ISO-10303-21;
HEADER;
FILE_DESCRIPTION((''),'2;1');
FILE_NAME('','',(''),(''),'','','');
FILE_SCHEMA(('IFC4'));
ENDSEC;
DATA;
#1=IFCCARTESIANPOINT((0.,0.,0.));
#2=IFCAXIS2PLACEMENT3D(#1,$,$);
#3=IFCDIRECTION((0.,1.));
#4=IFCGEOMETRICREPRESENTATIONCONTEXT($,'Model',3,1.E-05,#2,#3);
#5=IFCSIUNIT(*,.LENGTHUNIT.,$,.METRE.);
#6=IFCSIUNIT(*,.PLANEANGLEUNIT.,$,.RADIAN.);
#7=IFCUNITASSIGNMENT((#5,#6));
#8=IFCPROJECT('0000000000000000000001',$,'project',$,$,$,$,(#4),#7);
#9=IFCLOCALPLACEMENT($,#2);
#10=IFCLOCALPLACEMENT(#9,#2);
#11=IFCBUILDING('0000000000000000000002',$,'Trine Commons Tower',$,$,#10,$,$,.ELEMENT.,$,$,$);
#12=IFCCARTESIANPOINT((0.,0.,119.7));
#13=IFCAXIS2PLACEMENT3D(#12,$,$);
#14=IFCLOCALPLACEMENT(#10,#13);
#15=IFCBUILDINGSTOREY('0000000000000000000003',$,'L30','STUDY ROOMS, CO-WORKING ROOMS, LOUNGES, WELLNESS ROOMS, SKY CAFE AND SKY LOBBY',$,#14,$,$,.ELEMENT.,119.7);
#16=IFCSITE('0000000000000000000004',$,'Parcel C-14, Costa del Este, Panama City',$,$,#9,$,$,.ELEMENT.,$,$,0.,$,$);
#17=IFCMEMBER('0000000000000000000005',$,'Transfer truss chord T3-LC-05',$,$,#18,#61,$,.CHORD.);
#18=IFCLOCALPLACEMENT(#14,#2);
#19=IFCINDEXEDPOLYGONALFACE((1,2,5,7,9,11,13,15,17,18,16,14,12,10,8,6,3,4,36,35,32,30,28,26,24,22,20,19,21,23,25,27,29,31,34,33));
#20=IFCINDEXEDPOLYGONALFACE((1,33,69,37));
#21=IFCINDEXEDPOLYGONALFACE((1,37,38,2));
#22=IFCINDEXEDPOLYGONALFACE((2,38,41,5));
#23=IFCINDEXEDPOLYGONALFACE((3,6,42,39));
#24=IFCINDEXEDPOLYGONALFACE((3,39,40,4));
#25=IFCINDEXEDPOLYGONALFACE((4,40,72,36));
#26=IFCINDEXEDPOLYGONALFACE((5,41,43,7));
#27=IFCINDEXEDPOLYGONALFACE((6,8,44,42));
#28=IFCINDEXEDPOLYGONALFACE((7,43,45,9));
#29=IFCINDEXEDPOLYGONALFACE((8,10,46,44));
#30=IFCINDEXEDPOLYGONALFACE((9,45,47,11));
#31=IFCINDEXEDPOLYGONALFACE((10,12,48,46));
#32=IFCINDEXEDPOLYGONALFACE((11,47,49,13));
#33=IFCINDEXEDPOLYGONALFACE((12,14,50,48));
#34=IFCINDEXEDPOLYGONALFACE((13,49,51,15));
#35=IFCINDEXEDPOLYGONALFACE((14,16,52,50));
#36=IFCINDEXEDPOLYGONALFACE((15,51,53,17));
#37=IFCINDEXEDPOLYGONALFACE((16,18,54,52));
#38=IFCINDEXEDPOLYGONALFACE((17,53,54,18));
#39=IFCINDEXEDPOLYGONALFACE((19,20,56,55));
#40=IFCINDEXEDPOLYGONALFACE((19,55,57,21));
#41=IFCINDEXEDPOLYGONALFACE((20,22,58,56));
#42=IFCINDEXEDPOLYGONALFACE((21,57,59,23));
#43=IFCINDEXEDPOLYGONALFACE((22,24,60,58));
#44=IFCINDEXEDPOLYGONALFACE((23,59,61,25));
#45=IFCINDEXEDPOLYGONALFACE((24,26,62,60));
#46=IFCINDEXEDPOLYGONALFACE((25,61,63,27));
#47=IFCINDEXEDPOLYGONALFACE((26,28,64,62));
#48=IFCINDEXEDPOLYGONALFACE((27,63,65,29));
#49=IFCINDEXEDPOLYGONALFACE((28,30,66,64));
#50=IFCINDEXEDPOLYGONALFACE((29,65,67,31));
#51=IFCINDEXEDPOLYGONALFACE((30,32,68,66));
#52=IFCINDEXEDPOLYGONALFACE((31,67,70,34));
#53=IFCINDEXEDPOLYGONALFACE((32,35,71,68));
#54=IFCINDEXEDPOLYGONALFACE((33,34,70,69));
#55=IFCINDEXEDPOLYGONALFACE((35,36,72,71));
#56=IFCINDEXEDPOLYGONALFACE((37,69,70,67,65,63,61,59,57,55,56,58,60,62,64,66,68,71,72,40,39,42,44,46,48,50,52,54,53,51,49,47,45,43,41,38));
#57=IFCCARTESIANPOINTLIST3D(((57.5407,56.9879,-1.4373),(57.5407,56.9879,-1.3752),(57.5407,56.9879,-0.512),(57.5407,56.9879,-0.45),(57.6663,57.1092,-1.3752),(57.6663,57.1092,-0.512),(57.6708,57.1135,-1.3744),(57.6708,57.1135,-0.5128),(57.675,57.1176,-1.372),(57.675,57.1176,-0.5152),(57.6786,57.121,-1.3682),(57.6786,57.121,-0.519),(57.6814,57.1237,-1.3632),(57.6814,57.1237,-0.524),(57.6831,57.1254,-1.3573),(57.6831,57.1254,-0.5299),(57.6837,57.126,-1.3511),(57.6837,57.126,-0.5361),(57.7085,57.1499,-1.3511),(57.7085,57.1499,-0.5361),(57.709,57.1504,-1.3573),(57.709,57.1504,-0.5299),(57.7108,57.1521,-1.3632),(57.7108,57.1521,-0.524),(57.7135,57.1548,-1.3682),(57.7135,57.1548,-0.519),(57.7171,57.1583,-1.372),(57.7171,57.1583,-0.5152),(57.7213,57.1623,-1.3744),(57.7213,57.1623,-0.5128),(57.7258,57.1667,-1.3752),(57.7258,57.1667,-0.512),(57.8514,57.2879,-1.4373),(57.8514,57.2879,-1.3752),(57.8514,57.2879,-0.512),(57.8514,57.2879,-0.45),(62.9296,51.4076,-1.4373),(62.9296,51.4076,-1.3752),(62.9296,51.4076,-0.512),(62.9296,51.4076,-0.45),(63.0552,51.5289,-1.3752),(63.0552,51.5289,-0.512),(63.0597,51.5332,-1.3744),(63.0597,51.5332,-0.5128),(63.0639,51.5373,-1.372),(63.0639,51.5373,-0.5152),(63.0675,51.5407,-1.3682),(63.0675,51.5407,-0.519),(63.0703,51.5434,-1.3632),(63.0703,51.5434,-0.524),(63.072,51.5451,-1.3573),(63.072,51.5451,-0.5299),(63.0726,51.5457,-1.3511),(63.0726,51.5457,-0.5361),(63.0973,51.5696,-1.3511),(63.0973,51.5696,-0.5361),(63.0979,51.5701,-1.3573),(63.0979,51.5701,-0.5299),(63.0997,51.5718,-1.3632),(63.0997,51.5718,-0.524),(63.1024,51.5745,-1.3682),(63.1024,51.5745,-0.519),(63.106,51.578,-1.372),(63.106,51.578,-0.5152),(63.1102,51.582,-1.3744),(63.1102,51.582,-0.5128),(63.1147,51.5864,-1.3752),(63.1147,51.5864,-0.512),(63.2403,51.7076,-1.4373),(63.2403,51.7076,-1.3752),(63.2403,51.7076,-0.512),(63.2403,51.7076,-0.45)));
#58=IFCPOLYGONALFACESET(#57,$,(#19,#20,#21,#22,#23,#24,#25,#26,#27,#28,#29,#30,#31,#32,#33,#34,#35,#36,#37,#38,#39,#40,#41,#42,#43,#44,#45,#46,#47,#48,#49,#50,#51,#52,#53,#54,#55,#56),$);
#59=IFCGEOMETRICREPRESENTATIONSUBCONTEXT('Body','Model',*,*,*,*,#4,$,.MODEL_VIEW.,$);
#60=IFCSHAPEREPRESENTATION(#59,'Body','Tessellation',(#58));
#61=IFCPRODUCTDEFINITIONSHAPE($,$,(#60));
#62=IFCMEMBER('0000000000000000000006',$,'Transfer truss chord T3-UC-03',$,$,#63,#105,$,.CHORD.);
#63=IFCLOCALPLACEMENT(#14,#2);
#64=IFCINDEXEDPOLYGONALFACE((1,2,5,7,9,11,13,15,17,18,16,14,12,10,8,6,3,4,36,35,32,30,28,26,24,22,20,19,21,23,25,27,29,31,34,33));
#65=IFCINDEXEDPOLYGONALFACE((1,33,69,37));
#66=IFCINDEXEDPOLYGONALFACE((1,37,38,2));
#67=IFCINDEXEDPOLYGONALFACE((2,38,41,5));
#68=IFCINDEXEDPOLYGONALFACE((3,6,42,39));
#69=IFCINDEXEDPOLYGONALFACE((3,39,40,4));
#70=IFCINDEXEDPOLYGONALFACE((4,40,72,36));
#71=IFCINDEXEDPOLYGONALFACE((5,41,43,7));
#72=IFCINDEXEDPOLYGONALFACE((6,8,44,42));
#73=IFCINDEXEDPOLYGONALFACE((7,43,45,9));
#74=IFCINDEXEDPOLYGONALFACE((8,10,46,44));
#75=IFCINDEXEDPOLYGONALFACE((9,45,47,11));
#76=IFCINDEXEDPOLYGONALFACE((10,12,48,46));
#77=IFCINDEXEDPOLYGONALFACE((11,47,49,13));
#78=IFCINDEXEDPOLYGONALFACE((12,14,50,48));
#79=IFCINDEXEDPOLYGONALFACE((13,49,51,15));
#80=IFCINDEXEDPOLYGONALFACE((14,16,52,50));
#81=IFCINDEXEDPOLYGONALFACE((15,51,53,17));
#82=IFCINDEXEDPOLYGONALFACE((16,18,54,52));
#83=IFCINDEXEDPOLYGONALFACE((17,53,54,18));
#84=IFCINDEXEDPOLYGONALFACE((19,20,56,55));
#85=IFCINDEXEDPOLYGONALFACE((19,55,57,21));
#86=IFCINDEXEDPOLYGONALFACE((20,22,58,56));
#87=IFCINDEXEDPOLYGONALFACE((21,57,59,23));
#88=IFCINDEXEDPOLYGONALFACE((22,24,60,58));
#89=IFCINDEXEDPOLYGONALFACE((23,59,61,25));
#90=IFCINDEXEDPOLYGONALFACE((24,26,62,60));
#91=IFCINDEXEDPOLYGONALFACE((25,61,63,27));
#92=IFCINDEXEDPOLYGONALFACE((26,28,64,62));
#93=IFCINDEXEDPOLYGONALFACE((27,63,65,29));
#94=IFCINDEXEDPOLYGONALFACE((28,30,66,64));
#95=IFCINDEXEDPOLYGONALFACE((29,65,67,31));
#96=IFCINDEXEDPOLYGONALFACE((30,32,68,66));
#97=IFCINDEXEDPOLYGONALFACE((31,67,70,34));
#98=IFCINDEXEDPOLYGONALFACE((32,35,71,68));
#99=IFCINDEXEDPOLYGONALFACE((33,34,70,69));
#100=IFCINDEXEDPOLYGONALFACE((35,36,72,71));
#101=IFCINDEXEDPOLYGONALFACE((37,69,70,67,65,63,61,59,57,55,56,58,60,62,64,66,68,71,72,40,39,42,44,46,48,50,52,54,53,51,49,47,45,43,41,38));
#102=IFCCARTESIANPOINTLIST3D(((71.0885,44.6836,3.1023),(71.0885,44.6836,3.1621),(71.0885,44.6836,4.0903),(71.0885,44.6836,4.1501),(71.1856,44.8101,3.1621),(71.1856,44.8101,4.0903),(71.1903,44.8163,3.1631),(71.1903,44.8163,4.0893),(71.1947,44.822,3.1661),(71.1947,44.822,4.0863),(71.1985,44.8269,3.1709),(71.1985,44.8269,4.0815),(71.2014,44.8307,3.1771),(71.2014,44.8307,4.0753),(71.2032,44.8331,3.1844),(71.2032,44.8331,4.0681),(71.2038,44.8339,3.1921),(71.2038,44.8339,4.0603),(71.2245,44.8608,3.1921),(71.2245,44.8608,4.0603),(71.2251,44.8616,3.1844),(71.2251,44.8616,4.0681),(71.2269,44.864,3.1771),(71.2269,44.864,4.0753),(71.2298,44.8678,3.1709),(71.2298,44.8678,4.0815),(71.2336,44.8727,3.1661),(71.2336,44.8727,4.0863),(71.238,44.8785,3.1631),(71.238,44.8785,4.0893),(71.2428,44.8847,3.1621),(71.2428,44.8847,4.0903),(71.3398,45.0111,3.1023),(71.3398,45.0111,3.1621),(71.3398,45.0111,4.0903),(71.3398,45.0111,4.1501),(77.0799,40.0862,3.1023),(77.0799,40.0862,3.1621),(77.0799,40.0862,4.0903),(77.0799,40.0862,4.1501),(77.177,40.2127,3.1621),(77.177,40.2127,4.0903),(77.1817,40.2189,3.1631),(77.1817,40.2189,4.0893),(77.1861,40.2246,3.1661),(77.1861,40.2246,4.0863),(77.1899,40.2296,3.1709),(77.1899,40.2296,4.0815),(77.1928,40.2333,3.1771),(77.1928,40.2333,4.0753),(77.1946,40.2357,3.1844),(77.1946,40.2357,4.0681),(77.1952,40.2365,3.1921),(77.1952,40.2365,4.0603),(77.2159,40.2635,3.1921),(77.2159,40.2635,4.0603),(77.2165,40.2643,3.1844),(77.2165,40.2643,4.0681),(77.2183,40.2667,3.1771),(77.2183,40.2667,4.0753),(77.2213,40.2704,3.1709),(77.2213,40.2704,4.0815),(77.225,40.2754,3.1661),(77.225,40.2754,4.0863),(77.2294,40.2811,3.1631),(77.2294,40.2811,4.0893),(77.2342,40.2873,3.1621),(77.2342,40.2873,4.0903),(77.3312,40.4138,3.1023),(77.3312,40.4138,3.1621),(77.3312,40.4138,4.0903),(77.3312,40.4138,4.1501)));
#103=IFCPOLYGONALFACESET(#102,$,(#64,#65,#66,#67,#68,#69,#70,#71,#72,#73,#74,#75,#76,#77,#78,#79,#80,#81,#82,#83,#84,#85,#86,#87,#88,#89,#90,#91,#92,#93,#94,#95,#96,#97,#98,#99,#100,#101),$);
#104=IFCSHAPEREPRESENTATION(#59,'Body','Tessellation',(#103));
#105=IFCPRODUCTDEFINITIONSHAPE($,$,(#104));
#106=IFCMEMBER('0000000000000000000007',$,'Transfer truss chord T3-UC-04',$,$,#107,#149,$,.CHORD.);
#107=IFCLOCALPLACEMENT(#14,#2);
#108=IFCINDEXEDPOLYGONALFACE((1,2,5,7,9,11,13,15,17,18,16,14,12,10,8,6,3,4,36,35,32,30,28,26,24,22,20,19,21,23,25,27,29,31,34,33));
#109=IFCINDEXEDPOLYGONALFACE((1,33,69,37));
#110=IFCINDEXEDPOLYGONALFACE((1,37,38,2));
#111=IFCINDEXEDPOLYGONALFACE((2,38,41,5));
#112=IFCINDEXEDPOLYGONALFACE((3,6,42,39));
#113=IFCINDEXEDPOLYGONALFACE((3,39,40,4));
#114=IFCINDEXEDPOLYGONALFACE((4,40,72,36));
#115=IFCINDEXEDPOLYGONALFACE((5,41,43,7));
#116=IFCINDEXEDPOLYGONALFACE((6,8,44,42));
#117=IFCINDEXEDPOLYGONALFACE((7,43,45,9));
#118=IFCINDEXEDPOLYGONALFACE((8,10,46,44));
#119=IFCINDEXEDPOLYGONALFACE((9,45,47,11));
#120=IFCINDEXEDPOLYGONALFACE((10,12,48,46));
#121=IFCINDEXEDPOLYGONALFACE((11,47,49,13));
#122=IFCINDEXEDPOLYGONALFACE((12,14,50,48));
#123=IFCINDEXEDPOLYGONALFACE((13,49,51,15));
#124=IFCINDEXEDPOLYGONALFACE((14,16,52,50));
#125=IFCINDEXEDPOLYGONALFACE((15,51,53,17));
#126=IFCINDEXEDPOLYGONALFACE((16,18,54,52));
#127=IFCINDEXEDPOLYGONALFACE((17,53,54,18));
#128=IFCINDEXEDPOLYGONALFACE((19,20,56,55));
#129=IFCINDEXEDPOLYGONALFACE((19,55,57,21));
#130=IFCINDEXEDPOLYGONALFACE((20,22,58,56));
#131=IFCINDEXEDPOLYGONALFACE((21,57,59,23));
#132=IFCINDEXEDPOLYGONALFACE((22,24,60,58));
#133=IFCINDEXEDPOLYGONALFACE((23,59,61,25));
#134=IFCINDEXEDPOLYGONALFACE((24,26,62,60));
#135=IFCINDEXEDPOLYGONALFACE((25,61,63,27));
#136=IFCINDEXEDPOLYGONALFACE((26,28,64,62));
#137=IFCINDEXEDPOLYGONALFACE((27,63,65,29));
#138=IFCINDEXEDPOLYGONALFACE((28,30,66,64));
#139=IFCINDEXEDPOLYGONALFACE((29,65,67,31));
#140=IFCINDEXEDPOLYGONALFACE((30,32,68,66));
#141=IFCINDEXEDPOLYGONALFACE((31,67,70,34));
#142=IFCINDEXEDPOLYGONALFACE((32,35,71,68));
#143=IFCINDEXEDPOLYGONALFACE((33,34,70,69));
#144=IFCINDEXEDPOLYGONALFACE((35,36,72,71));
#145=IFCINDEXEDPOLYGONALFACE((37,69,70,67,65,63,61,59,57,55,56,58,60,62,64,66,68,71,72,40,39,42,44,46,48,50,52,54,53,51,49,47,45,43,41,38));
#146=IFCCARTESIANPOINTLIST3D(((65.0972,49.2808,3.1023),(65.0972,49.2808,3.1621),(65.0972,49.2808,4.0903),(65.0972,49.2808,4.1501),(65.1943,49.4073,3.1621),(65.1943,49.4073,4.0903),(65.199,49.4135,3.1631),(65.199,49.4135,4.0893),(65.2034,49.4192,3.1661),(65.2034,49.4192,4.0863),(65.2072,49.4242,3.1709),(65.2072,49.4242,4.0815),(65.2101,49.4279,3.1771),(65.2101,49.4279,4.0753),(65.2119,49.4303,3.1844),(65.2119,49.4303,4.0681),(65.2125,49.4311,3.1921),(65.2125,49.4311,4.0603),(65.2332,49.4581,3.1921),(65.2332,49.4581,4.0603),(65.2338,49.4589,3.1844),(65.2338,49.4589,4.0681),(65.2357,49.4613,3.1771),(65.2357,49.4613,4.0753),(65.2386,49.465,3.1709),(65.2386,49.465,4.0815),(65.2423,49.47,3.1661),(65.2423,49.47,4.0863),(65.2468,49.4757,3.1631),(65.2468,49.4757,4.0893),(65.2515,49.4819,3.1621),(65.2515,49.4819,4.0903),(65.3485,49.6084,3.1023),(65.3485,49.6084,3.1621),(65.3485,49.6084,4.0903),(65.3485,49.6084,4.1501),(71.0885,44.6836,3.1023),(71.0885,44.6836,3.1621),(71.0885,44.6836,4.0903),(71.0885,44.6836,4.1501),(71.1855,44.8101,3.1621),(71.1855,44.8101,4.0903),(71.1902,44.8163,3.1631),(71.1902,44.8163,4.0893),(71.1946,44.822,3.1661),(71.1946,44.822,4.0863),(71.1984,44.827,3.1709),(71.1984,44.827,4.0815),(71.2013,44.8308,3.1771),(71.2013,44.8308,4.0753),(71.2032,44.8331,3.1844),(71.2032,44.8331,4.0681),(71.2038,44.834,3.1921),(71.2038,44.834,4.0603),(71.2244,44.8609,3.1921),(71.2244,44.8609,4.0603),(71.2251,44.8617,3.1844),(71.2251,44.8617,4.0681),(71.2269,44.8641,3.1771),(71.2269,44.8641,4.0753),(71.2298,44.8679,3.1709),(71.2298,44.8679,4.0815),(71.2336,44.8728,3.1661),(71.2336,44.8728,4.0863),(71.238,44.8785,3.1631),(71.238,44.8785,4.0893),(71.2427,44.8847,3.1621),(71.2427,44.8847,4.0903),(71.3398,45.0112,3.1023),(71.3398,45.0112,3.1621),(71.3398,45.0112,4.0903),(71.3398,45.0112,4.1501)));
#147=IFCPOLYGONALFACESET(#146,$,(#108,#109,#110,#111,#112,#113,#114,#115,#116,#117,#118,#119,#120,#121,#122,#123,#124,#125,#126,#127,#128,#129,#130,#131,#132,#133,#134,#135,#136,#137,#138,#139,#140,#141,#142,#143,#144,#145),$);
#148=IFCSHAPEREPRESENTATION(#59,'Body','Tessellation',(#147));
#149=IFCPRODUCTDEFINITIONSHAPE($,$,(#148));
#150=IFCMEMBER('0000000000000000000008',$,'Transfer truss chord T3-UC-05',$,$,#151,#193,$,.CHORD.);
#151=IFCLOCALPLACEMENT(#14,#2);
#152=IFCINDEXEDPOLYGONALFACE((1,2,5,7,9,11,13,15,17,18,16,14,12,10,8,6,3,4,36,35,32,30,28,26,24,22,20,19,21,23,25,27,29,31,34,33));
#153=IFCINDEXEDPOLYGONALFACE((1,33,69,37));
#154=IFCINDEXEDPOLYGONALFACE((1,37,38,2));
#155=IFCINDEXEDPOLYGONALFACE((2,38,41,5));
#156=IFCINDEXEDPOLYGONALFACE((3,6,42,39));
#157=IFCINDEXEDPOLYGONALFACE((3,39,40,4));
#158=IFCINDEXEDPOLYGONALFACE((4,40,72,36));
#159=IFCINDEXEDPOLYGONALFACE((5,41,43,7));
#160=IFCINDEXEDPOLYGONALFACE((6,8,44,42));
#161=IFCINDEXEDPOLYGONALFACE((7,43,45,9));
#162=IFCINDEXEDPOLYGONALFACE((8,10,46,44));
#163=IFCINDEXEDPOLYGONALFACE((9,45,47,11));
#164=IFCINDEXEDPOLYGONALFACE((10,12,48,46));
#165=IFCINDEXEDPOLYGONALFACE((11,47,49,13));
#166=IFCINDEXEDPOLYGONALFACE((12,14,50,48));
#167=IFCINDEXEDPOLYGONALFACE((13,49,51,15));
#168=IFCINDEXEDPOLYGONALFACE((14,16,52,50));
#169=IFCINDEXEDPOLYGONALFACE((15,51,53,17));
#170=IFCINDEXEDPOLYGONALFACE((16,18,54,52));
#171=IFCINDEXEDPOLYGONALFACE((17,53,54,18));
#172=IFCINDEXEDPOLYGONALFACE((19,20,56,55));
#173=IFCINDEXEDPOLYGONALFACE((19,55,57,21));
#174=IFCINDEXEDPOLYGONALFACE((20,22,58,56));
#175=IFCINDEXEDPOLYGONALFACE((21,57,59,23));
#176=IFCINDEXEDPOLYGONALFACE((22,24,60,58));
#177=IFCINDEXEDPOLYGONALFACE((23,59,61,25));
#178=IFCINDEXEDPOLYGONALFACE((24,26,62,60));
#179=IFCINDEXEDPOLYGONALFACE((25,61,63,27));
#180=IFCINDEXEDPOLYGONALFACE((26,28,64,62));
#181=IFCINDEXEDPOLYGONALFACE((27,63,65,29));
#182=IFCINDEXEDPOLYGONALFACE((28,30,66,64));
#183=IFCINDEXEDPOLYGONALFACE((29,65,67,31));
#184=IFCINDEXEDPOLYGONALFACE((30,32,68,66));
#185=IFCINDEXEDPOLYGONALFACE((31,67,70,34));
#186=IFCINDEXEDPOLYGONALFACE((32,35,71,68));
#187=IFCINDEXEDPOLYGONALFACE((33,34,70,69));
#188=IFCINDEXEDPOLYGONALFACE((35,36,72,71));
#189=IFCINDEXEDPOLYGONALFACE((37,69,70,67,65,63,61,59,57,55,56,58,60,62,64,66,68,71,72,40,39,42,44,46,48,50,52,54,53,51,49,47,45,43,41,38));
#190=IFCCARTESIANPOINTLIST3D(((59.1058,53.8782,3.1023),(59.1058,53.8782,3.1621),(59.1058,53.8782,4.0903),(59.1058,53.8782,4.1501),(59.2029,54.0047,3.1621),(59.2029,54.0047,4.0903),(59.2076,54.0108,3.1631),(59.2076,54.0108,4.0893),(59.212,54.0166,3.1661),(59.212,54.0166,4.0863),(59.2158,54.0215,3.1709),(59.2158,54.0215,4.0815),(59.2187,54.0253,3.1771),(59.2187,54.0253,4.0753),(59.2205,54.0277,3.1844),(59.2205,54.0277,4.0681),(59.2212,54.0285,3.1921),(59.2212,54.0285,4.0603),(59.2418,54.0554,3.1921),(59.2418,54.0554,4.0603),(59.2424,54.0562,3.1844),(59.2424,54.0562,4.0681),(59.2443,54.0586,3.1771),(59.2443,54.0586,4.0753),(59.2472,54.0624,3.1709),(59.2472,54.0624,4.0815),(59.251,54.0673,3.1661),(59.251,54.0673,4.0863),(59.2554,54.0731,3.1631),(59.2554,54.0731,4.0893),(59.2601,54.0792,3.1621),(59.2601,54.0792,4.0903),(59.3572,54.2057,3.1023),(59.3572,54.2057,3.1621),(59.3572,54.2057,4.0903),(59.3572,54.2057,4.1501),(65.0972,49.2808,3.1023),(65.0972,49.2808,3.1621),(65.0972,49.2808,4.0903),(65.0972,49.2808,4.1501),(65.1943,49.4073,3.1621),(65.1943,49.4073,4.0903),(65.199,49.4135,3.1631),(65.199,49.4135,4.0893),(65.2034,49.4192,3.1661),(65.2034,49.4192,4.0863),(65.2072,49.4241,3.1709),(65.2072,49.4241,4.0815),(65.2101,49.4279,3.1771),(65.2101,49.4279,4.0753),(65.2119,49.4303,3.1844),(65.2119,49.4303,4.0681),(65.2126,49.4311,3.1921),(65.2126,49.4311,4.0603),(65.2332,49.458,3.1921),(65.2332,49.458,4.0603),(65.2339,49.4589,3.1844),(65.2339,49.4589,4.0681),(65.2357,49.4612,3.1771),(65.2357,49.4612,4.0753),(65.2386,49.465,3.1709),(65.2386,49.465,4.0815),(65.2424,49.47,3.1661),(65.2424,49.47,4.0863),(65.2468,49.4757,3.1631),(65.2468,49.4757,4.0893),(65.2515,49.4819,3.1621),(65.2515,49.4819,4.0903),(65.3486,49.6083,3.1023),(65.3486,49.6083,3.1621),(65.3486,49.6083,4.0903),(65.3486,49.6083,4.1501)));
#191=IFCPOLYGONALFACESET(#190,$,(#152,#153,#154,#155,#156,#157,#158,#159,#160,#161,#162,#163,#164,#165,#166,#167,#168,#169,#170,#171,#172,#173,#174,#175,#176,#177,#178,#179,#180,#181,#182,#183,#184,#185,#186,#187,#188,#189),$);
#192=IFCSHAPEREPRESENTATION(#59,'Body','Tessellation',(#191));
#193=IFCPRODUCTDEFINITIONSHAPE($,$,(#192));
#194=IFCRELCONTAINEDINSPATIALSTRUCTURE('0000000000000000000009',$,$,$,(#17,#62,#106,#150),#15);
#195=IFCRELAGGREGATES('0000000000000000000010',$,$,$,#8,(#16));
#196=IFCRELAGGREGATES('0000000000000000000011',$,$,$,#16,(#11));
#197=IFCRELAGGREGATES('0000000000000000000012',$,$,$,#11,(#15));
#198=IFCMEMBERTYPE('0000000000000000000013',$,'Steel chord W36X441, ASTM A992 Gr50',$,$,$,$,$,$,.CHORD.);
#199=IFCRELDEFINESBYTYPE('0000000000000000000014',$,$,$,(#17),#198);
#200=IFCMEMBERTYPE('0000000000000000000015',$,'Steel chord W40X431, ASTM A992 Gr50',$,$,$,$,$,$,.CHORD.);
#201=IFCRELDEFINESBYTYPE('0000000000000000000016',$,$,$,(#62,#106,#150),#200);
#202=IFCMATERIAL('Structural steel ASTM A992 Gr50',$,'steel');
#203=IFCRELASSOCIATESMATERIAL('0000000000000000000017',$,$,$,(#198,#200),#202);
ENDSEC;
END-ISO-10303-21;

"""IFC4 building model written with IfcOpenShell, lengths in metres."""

from ifc_helpers import new_model, si_unit, direction, frame, origin, origin_2d, place, context, subcontext, project, spatial, i_section, extrude, material, material_profile, profile_set, type_object, element, save


model = new_model("IFC4")

# Units and contexts
model_context = context("Model", 3, precision=1e-05, world=origin(), true_north=direction((0.0, 1.0)))
body_context = subcontext(model_context, "Body", "Model", "MODEL_VIEW")
ifc_project = project(units=[si_unit("LENGTHUNIT", "METRE"), si_unit("PLANEANGLEUNIT", "RADIAN")], contexts=[model_context])

# Site, building, storey
site_placement = place(None, origin())
site = spatial("IfcSite", under=ifc_project, at=site_placement, Name="Parcel C-14, Costa del Este, Panama City", CompositionType="ELEMENT", RefElevation=0.0)
building_placement = place(site_placement, origin())
building = spatial("IfcBuilding", under=site, at=building_placement, Name="Trine Commons Tower", CompositionType="ELEMENT")
storey_placement = place(building_placement, frame((0.0, 0.0, 119.7)))
storey = spatial("IfcBuildingStorey", under=building, at=storey_placement, Name="L30", Description="STUDY ROOMS, CO-WORKING ROOMS, LOUNGES, WELLNESS ROOMS, SKY CAFE AND SKY LOBBY", CompositionType="ELEMENT", Elevation=119.7)

# Members
ifc_material_1 = material(Name="Structural steel ASTM A992 Gr50", Category="steel")
ifc_material_profile_1 = material_profile(ifc_material_1, i_section(OverallWidth=0.4319, OverallDepth=0.9873, WebThickness=0.0344, FlangeThickness=0.062, FilletRadius=0.0242, at=origin_2d()), Name="W36X441")
ifc_profile_set_1 = profile_set([ifc_material_profile_1], Name="Structural steel ASTM A992 Gr50")
member_type_1 = type_object("IfcMemberType", Name="Steel chord W36X441, ASTM A992 Gr50", PredefinedType="CHORD", material=ifc_profile_set_1)
for number, where, z_axis, x_axis, name in (
    (1, (63.085, 51.5576, -0.9436), (-0.694662, 0.719336, 0.0), (-0.719336, -0.694662, 0.0), "Transfer truss chord T3-LC-05"),
):
    element("IfcMember", number, at=place(storey_placement, frame(where, z_axis=z_axis, x_axis=x_axis)), inside=storey, type_object=member_type_1, Name=name, PredefinedType="CHORD", context=body_context, shape_type="SweptSolid", body=[
        extrude(i_section(OverallWidth=0.4319, OverallDepth=0.9873, WebThickness=0.0344, FlangeThickness=0.062, FilletRadius=0.0242, at=origin_2d()), origin(), (0.0, 0.0, 1.0), 7.7576),
    ])
ifc_material_profile_2 = material_profile(ifc_material_1, i_section(OverallWidth=0.4128, OverallDepth=1.0479, WebThickness=0.0339, FlangeThickness=0.0598, FilletRadius=0.03, at=origin_2d()), Name="W40X431")
ifc_profile_set_2 = profile_set([ifc_material_profile_2], Name="Structural steel ASTM A992 Gr50")
member_type_2 = type_object("IfcMemberType", Name="Steel chord W40X431, ASTM A992 Gr50", PredefinedType="CHORD", material=ifc_profile_set_2)
member_1_placement = place(storey_placement, frame((77.2056, 40.25, 3.6262), z_axis=(-0.793353, 0.608762, 0.0), x_axis=(-0.608762, -0.793353, 0.0)))
element("IfcMember", 2, at=member_1_placement, inside=storey, type_object=member_type_2, Name="Transfer truss chord T3-UC-03", PredefinedType="CHORD", context=body_context, shape_type="SweptSolid", body=[
    extrude(i_section(OverallWidth=0.4128, OverallDepth=1.0479, WebThickness=0.0339, FlangeThickness=0.0598, FilletRadius=0.03, at=origin_2d()), origin(), (0.0, 0.0, 1.0), 7.552),
])
member_2_placement = place(storey_placement, frame((71.2141, 44.8474, 3.6262), z_axis=(-0.793357, 0.608757, 0.0), x_axis=(-0.608757, -0.793357, 0.0)))
element("IfcMember", 3, at=member_2_placement, inside=storey, type_object=member_type_2, Name="Transfer truss chord T3-UC-04", PredefinedType="CHORD", context=body_context, shape_type="SweptSolid", body=[
    extrude(i_section(OverallWidth=0.4128, OverallDepth=1.0479, WebThickness=0.0339, FlangeThickness=0.0598, FilletRadius=0.03, at=origin_2d()), origin(), (0.0, 0.0, 1.0), 7.5518),
])
member_3_placement = place(storey_placement, frame((65.2229, 49.4446, 3.6262), z_axis=(-0.793353, 0.608762, 0.0), x_axis=(-0.608762, -0.793353, 0.0)))
element("IfcMember", 4, at=member_3_placement, inside=storey, type_object=member_type_2, Name="Transfer truss chord T3-UC-05", PredefinedType="CHORD", context=body_context, shape_type="SweptSolid", body=[
    extrude(i_section(OverallWidth=0.4128, OverallDepth=1.0479, WebThickness=0.0339, FlangeThickness=0.0598, FilletRadius=0.03, at=origin_2d()), origin(), (0.0, 0.0, 1.0), 7.552),
])

save(model, "model.ifc")
